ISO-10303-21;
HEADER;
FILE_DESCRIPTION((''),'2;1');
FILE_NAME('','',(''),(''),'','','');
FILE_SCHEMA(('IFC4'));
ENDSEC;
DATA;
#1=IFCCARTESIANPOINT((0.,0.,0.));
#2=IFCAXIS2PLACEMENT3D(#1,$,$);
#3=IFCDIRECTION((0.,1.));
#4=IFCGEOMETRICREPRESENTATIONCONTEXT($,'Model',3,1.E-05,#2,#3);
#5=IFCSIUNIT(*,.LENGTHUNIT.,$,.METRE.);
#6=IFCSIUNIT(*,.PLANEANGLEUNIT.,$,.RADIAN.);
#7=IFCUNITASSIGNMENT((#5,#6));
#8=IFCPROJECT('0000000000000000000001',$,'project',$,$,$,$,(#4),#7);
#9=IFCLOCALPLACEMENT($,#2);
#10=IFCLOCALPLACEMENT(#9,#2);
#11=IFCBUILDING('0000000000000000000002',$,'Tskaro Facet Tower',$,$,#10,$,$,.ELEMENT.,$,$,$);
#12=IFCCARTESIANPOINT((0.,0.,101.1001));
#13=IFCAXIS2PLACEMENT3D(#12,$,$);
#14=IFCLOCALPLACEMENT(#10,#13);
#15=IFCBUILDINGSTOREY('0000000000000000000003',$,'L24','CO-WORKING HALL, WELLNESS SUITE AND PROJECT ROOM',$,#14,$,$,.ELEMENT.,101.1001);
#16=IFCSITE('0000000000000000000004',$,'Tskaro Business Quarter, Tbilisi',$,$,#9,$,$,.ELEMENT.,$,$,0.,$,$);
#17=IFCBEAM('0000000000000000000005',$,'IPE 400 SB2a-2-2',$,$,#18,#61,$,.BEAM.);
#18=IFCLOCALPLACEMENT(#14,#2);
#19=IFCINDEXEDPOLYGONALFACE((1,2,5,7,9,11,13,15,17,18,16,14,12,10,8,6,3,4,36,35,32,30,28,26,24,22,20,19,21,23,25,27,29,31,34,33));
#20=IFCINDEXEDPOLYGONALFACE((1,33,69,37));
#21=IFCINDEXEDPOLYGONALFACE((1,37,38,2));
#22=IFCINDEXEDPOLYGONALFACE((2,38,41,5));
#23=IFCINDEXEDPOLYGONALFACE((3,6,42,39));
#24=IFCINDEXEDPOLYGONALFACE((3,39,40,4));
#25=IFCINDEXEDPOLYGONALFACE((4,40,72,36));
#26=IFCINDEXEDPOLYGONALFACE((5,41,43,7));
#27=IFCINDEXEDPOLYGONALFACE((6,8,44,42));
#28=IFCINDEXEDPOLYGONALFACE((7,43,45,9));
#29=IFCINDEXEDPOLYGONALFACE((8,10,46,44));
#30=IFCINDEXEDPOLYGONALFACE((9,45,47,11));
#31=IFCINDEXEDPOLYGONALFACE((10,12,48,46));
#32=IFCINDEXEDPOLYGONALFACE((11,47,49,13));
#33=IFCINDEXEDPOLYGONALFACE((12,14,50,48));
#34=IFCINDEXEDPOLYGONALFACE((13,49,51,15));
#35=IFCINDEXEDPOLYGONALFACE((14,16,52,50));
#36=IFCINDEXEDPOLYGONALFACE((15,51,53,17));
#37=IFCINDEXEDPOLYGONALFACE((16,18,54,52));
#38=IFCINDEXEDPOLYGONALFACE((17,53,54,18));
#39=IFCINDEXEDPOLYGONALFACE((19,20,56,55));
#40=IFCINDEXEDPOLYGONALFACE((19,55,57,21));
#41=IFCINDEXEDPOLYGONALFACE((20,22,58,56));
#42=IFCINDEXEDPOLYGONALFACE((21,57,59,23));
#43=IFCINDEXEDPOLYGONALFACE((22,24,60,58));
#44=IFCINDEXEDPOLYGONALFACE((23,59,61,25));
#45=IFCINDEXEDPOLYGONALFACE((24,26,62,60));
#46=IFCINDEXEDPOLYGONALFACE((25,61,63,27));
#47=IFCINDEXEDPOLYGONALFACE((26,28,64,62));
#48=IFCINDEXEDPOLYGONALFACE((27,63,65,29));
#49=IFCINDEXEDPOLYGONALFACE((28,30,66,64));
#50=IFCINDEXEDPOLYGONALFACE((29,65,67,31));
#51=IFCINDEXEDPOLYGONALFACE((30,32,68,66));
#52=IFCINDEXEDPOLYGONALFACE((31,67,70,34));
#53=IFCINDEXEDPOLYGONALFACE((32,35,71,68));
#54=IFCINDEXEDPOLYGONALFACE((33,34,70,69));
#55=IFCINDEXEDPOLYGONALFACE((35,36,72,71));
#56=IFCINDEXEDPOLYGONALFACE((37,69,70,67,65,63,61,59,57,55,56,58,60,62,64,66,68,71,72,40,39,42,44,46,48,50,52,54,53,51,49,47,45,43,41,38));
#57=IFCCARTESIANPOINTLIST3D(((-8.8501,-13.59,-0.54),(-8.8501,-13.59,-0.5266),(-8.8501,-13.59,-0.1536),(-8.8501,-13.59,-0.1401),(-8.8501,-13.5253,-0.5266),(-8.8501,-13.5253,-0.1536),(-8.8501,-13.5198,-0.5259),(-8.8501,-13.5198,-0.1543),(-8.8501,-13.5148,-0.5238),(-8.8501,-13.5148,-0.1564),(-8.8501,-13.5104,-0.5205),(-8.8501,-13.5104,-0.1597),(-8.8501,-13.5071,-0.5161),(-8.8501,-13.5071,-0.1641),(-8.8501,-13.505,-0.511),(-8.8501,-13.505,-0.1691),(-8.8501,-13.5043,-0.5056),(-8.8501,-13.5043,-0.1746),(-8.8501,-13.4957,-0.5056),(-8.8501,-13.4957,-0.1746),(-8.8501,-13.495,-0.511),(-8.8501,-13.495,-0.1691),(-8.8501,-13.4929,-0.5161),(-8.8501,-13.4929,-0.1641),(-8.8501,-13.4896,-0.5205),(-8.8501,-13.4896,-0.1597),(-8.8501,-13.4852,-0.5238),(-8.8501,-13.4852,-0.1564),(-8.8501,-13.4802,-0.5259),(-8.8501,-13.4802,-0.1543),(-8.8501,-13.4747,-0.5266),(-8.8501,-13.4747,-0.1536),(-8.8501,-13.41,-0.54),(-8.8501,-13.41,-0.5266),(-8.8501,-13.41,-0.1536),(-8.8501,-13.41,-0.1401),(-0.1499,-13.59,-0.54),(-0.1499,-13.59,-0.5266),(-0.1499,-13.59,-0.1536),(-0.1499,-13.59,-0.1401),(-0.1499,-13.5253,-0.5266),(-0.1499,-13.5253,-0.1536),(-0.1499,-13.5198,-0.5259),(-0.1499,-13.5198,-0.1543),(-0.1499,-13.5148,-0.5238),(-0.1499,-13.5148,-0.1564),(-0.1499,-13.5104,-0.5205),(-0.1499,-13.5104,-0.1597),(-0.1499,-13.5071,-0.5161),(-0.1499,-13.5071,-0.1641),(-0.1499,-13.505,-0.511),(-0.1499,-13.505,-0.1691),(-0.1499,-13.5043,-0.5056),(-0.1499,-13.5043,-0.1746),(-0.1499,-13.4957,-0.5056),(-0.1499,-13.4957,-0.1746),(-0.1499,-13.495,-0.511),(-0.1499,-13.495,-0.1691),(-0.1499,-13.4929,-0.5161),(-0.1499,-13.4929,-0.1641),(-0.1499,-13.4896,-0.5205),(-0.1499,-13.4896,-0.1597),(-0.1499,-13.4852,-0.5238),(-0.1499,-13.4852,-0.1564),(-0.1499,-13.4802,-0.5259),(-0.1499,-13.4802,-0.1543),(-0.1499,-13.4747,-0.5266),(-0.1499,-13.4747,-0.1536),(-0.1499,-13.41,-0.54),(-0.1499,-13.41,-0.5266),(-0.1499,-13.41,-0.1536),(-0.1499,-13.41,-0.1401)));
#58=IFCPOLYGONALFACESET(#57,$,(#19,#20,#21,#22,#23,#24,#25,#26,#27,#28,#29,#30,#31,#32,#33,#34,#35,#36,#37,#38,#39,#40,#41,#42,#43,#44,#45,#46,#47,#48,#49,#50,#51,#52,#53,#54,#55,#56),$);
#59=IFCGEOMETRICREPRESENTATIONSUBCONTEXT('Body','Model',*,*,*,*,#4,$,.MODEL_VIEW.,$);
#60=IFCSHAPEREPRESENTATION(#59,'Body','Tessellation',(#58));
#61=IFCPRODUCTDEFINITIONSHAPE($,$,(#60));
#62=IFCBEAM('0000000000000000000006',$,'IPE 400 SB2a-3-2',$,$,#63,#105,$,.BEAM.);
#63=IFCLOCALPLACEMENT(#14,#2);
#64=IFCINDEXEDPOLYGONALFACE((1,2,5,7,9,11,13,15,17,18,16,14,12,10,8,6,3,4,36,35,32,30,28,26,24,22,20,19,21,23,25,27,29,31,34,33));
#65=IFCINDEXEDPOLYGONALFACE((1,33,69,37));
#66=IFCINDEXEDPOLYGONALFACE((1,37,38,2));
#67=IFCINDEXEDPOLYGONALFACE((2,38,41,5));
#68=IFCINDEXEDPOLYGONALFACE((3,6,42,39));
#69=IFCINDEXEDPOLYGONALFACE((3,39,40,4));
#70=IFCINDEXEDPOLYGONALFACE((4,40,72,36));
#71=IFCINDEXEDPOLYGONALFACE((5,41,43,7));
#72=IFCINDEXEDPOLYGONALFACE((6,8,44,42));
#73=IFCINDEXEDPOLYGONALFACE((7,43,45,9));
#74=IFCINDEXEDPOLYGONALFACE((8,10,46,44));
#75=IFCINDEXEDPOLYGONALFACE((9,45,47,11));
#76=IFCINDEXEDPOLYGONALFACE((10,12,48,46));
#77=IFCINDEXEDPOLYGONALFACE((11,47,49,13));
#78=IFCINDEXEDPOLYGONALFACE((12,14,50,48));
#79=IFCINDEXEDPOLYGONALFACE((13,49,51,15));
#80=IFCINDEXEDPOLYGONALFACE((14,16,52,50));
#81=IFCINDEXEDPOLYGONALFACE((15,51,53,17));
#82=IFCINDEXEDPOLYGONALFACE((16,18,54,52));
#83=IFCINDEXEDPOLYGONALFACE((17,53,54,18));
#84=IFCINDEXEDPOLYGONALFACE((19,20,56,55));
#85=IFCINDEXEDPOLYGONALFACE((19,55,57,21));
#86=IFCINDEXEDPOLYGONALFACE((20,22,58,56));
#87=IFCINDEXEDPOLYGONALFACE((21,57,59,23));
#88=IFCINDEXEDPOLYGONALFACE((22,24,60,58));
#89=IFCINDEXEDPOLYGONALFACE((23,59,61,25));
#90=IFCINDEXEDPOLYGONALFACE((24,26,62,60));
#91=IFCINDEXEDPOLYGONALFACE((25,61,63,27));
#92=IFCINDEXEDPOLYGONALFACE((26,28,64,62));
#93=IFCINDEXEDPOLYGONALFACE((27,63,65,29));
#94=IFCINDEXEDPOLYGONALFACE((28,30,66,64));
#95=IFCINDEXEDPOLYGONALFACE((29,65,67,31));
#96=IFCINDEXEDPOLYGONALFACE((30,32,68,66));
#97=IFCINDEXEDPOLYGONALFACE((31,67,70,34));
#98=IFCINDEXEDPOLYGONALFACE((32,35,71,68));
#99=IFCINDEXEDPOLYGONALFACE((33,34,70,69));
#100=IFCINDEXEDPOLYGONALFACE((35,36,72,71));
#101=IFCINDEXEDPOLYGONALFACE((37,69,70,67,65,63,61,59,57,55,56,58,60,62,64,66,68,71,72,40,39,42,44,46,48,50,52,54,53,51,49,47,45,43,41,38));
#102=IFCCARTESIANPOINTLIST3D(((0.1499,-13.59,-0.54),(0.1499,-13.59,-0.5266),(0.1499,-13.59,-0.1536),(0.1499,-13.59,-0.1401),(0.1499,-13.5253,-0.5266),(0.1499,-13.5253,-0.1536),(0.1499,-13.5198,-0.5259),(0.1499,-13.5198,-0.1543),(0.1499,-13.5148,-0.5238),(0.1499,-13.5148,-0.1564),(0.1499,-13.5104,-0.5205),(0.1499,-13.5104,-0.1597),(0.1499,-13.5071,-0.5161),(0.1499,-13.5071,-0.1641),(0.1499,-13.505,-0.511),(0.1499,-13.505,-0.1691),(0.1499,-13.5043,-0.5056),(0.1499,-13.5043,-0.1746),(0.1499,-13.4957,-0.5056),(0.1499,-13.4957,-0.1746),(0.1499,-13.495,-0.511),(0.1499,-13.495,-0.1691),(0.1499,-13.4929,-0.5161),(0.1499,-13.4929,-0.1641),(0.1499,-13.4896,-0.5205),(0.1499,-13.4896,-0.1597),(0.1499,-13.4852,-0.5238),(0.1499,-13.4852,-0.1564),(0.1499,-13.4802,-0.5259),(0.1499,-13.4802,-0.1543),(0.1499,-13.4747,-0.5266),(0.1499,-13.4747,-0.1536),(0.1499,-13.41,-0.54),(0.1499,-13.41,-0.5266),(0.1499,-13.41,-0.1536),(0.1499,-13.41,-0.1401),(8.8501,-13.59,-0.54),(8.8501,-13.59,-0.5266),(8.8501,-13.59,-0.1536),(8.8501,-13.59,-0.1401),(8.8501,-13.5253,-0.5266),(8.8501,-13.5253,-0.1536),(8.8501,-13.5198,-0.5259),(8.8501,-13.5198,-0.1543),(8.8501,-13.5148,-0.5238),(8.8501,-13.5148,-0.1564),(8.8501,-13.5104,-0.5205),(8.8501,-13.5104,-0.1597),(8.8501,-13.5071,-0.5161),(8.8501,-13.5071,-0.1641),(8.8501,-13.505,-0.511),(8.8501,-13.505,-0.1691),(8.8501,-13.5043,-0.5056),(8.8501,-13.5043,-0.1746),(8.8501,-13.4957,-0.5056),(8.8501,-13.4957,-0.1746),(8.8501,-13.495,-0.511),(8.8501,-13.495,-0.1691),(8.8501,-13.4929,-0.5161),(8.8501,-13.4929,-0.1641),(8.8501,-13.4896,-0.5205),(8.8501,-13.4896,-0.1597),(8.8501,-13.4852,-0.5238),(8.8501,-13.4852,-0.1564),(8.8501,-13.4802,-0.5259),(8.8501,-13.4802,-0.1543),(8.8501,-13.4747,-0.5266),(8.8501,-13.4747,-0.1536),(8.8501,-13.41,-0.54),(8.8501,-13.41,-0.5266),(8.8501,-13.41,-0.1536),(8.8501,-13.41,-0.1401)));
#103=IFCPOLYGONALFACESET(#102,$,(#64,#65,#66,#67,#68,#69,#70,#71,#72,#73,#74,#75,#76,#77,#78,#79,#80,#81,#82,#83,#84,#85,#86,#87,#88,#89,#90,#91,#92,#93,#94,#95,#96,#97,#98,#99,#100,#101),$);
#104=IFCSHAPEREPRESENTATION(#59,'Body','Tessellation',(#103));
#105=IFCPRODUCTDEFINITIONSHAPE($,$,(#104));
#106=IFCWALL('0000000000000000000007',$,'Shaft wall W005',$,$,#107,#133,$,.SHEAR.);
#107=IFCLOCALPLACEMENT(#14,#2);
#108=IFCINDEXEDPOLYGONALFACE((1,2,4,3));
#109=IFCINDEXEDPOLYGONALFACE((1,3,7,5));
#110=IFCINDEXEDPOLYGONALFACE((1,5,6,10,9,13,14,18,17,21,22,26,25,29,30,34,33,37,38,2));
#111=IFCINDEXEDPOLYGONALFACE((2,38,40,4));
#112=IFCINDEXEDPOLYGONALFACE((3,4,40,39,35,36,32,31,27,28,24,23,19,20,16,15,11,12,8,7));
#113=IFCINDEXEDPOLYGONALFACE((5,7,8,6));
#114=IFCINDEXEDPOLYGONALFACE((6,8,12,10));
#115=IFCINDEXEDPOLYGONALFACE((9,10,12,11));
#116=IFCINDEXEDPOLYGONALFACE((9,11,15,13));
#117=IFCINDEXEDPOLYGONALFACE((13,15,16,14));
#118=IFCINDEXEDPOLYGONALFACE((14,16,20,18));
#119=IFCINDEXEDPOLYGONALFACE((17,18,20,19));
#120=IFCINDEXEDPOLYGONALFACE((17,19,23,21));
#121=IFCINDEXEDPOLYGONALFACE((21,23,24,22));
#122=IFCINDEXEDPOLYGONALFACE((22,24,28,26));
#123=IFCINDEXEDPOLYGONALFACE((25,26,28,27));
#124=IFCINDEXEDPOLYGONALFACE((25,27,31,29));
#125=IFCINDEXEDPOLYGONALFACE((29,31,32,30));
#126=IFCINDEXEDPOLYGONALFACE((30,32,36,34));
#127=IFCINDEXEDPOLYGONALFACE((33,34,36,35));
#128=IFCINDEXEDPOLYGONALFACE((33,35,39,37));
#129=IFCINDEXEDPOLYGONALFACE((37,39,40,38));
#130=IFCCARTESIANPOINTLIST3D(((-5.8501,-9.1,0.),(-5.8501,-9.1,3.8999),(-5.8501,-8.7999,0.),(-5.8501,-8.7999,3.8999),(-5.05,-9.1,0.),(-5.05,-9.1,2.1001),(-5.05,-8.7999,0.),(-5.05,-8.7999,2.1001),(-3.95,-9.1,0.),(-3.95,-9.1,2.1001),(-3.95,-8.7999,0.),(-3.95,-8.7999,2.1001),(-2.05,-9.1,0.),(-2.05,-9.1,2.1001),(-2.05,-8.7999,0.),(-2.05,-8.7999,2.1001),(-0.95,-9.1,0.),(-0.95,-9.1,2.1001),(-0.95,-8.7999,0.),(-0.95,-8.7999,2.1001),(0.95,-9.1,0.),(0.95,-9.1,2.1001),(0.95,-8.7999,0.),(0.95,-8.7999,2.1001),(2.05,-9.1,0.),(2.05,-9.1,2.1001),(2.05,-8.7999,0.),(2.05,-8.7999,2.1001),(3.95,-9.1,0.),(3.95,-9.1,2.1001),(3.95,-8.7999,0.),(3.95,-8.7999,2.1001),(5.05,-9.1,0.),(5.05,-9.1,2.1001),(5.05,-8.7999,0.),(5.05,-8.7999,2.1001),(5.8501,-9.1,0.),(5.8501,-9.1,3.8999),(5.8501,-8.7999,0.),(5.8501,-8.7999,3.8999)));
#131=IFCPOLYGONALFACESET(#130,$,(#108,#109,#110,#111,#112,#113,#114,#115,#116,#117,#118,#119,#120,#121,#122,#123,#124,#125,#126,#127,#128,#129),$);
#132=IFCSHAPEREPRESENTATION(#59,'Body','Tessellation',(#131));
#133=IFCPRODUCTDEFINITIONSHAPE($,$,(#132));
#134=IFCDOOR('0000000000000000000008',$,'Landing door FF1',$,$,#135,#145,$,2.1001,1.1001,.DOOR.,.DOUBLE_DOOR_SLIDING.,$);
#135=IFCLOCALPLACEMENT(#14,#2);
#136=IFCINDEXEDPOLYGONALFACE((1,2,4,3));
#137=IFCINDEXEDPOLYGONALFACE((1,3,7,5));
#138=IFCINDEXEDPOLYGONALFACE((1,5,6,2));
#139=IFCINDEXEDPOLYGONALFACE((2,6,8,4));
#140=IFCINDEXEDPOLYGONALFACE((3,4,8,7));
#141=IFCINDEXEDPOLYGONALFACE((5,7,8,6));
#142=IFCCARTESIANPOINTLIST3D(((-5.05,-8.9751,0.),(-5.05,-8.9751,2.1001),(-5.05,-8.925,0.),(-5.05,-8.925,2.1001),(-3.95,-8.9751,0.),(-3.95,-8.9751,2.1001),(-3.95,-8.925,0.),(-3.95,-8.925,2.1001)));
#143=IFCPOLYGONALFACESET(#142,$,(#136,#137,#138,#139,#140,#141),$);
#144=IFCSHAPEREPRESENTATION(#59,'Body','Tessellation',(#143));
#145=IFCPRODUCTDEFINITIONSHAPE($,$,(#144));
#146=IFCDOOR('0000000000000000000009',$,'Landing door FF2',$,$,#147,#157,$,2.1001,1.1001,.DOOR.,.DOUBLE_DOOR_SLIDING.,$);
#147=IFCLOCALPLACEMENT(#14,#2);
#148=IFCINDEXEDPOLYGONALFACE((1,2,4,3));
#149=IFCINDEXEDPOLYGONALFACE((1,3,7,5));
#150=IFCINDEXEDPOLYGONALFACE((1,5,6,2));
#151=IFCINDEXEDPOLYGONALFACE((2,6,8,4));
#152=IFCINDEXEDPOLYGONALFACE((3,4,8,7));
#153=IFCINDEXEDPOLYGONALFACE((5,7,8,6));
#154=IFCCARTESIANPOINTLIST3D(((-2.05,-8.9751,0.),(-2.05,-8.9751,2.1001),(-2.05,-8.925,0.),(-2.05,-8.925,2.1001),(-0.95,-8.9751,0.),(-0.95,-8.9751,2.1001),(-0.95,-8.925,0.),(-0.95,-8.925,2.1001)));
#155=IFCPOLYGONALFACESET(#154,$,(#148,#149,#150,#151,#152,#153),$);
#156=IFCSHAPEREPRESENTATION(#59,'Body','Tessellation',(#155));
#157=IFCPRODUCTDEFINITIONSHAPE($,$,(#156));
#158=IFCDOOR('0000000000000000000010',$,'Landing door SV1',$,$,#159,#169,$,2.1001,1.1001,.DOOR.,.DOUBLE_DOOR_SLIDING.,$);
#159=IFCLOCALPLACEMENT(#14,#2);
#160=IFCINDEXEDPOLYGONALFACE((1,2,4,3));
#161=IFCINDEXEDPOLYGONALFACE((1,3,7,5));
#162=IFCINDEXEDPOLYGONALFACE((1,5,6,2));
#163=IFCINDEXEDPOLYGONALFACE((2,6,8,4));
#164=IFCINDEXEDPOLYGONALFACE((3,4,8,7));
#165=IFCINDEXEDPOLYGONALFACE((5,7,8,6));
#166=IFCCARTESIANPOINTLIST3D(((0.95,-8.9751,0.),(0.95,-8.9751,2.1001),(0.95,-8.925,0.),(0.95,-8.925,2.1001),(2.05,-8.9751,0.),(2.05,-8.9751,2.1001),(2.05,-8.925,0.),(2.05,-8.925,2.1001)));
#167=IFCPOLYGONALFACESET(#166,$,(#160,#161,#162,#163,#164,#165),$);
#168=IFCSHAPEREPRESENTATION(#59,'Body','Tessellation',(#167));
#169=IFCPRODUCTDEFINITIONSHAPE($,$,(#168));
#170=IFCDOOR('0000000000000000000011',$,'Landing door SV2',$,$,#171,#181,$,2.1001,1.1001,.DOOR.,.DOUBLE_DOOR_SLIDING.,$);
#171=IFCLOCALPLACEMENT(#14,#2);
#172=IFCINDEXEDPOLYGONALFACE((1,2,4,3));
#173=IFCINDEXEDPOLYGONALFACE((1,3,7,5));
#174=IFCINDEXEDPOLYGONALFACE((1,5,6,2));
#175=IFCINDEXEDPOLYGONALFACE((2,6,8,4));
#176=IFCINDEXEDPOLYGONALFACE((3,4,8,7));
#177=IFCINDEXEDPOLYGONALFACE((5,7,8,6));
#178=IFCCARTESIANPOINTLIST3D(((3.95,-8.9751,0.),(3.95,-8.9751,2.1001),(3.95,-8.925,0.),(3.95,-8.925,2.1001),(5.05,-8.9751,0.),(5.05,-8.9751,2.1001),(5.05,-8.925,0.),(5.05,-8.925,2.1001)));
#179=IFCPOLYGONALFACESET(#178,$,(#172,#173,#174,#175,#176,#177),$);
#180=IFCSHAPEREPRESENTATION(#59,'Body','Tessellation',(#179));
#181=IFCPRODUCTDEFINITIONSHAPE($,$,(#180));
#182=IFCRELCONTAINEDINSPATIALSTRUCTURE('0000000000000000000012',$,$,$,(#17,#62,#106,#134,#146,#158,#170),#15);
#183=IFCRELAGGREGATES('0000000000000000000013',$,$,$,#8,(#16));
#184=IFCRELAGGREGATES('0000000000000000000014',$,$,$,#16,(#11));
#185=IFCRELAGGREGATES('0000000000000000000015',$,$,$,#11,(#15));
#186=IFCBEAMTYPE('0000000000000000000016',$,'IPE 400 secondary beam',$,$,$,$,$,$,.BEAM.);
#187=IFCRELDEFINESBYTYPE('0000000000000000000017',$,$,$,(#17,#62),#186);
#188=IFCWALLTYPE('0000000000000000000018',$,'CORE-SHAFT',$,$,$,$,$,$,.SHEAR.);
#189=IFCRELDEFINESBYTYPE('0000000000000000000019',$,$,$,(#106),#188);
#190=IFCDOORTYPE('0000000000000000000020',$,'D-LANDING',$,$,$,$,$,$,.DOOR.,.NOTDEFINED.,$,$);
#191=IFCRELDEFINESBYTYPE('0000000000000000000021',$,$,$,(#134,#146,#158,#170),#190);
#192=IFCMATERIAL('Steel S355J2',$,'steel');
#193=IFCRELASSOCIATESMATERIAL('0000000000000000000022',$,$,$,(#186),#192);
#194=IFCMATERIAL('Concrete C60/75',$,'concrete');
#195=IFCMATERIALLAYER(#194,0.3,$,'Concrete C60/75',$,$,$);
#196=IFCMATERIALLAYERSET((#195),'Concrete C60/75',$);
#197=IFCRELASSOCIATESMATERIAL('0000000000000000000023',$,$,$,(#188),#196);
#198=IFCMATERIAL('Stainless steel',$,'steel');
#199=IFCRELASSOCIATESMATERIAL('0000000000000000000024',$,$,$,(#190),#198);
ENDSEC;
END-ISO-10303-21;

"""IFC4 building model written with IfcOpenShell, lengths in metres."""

from ifc_helpers import new_model, si_unit, direction, frame, frame_2d, origin, origin_2d, place, context, subcontext, project, spatial, rectangle, i_section, extrude, material, layer, layer_set, material_profile, profile_set, type_object, element, fill, save


model = new_model("IFC4")

# Units and contexts
model_context = context("Model", 3, precision=1e-05, world=origin(), true_north=direction((0.0, 1.0)))
body_context = subcontext(model_context, "Body", "Model", "MODEL_VIEW")
ifc_project = project(units=[si_unit("LENGTHUNIT", "METRE"), si_unit("PLANEANGLEUNIT", "RADIAN")], contexts=[model_context])

# Site, building, storey
site_placement = place(None, origin())
site = spatial("IfcSite", under=ifc_project, at=site_placement, Name="Tskaro Business Quarter, Tbilisi", CompositionType="ELEMENT", RefElevation=0.0)
building_placement = place(site_placement, origin())
building = spatial("IfcBuilding", under=site, at=building_placement, Name="Tskaro Facet Tower", CompositionType="ELEMENT")
storey_placement = place(building_placement, frame((0.0, 0.0, 101.1001)))
storey = spatial("IfcBuildingStorey", under=building, at=storey_placement, Name="L24", Description="CO-WORKING HALL, WELLNESS SUITE AND PROJECT ROOM", CompositionType="ELEMENT", Elevation=101.1001)

# Beams
ifc_material_1 = material(Name="Steel S355J2", Category="steel")
ifc_material_profile = material_profile(ifc_material_1, i_section(OverallWidth=0.1799, OverallDepth=0.3999, WebThickness=0.0085, FlangeThickness=0.0134, FilletRadius=0.021, at=origin_2d()), Name="IPE 400")
ifc_profile_set = profile_set([ifc_material_profile], Name="Steel S355J2")
beam_type = type_object("IfcBeamType", Name="IPE 400 secondary beam", PredefinedType="BEAM", material=ifc_profile_set)
for number, where, z_axis, x_axis, name in (
    (1, (-8.8501, -13.5, -0.3401), (1.0, 0.0, 0.0), (0.0, 1.0, 0.0), "IPE 400 SB2a-2-2"),
    (2, (0.1499, -13.5, -0.3401), (1.0, 0.0, 0.0), (0.0, 1.0, 0.0), "IPE 400 SB2a-3-2"),
):
    element("IfcBeam", number, at=place(storey_placement, frame(where, z_axis=z_axis, x_axis=x_axis)), inside=storey, type_object=beam_type, Name=name, PredefinedType="BEAM", context=body_context, shape_type="SweptSolid", body=[
        extrude(i_section(OverallWidth=0.1799, OverallDepth=0.3999, WebThickness=0.0085, FlangeThickness=0.0134, FilletRadius=0.021, at=origin_2d()), origin(), (0.0, 0.0, 1.0), 8.7002),
    ])

# Wall, openings, doors
ifc_material_2 = material(Name="Concrete C60/75", Category="concrete")
ifc_layer_1 = layer(ifc_material_2, 0.3, Name="Concrete C60/75")
ifc_layer_set_1 = layer_set([ifc_layer_1], Name="Concrete C60/75")
wall_type_1 = type_object("IfcWallType", Name="CORE-SHAFT", PredefinedType="SHEAR", material=ifc_layer_set_1)
wall_1_placement = place(storey_placement, frame((-5.8501, -8.95, 0.0), z_axis=(0.0, 0.0, 1.0), x_axis=(1.0, 0.0, 0.0)))
wall_1 = element("IfcWall", 3, at=wall_1_placement, inside=storey, type_object=wall_type_1, Name="Shaft wall W005", PredefinedType="SHEAR", context=body_context, shape_type="SweptSolid", body=[
    extrude(rectangle(XDim=11.7002, YDim=0.3, at=frame_2d((5.8501, 0.0))), origin(), (0.0, 0.0, 1.0), 3.8999),
])
opening_1_placement = place(wall_1_placement, frame((0.8, 0.0, 0.0)))
opening_1 = element("IfcOpeningElement", 4, at=opening_1_placement, cuts=wall_1, PredefinedType="OPENING", context=body_context, shape_type="SweptSolid", body=[
    extrude(rectangle(XDim=1.1001, YDim=2.1001, at=frame_2d((0.55, 1.05))), frame((0.0, 0.1599, 0.0), z_axis=(0.0, -1.0, 0.0), x_axis=(1.0, 0.0, 0.0)), (0.0, 0.0, 1.0), 0.3201),
])
opening_2_placement = place(wall_1_placement, frame((3.8, 0.0, 0.0)))
opening_2 = element("IfcOpeningElement", 5, at=opening_2_placement, cuts=wall_1, PredefinedType="OPENING", context=body_context, shape_type="SweptSolid", body=[
    extrude(rectangle(XDim=1.1001, YDim=2.1001, at=frame_2d((0.55, 1.05))), frame((0.0, 0.1599, 0.0), z_axis=(0.0, -1.0, 0.0), x_axis=(1.0, 0.0, 0.0)), (0.0, 0.0, 1.0), 0.3201),
])
opening_3_placement = place(wall_1_placement, frame((6.8, 0.0, 0.0)))
opening_3 = element("IfcOpeningElement", 6, at=opening_3_placement, cuts=wall_1, PredefinedType="OPENING", context=body_context, shape_type="SweptSolid", body=[
    extrude(rectangle(XDim=1.1001, YDim=2.1001, at=frame_2d((0.55, 1.05))), frame((0.0, 0.1599, 0.0), z_axis=(0.0, -1.0, 0.0), x_axis=(1.0, 0.0, 0.0)), (0.0, 0.0, 1.0), 0.3201),
])
opening_4_placement = place(wall_1_placement, frame((9.8, 0.0, 0.0)))
opening_4 = element("IfcOpeningElement", 7, at=opening_4_placement, cuts=wall_1, PredefinedType="OPENING", context=body_context, shape_type="SweptSolid", body=[
    extrude(rectangle(XDim=1.1001, YDim=2.1001, at=frame_2d((0.55, 1.05))), frame((0.0, 0.1599, 0.0), z_axis=(0.0, -1.0, 0.0), x_axis=(1.0, 0.0, 0.0)), (0.0, 0.0, 1.0), 0.3201),
])
ifc_material_3 = material(Name="Stainless steel", Category="steel")
door_type_1 = type_object("IfcDoorType", Name="D-LANDING", OperationType="NOTDEFINED", PredefinedType="DOOR", material=ifc_material_3)
door_1_placement = place(opening_1_placement, origin())
door_1 = element("IfcDoor", 8, at=door_1_placement, inside=storey, type_object=door_type_1, Name="Landing door FF1", OperationType="DOUBLE_DOOR_SLIDING", OverallHeight=2.1001, OverallWidth=1.1001, PredefinedType="DOOR", context=body_context, shape_type="SweptSolid", body=[
    extrude(rectangle(XDim=1.1001, YDim=2.1001, at=frame_2d((0.55, 1.05))), frame((0.0, 0.0249, 0.0), z_axis=(0.0, -1.0, 0.0), x_axis=(1.0, 0.0, 0.0)), (0.0, 0.0, 1.0), 0.05),
])
fill(opening_1, door_1)
door_2_placement = place(opening_2_placement, origin())
door_2 = element("IfcDoor", 9, at=door_2_placement, inside=storey, type_object=door_type_1, Name="Landing door FF2", OperationType="DOUBLE_DOOR_SLIDING", OverallHeight=2.1001, OverallWidth=1.1001, PredefinedType="DOOR", context=body_context, shape_type="SweptSolid", body=[
    extrude(rectangle(XDim=1.1001, YDim=2.1001, at=frame_2d((0.55, 1.05))), frame((0.0, 0.0249, 0.0), z_axis=(0.0, -1.0, 0.0), x_axis=(1.0, 0.0, 0.0)), (0.0, 0.0, 1.0), 0.05),
])
fill(opening_2, door_2)
door_3_placement = place(opening_3_placement, origin())
door_3 = element("IfcDoor", 10, at=door_3_placement, inside=storey, type_object=door_type_1, Name="Landing door SV1", OperationType="DOUBLE_DOOR_SLIDING", OverallHeight=2.1001, OverallWidth=1.1001, PredefinedType="DOOR", context=body_context, shape_type="SweptSolid", body=[
    extrude(rectangle(XDim=1.1001, YDim=2.1001, at=frame_2d((0.55, 1.05))), frame((0.0, 0.0249, 0.0), z_axis=(0.0, -1.0, 0.0), x_axis=(1.0, 0.0, 0.0)), (0.0, 0.0, 1.0), 0.05),
])
fill(opening_3, door_3)
door_4_placement = place(opening_4_placement, origin())
door_4 = element("IfcDoor", 11, at=door_4_placement, inside=storey, type_object=door_type_1, Name="Landing door SV2", OperationType="DOUBLE_DOOR_SLIDING", OverallHeight=2.1001, OverallWidth=1.1001, PredefinedType="DOOR", context=body_context, shape_type="SweptSolid", body=[
    extrude(rectangle(XDim=1.1001, YDim=2.1001, at=frame_2d((0.55, 1.05))), frame((0.0, 0.0249, 0.0), z_axis=(0.0, -1.0, 0.0), x_axis=(1.0, 0.0, 0.0)), (0.0, 0.0, 1.0), 0.05),
])
fill(opening_4, door_4)

save(model, "model.ifc")
